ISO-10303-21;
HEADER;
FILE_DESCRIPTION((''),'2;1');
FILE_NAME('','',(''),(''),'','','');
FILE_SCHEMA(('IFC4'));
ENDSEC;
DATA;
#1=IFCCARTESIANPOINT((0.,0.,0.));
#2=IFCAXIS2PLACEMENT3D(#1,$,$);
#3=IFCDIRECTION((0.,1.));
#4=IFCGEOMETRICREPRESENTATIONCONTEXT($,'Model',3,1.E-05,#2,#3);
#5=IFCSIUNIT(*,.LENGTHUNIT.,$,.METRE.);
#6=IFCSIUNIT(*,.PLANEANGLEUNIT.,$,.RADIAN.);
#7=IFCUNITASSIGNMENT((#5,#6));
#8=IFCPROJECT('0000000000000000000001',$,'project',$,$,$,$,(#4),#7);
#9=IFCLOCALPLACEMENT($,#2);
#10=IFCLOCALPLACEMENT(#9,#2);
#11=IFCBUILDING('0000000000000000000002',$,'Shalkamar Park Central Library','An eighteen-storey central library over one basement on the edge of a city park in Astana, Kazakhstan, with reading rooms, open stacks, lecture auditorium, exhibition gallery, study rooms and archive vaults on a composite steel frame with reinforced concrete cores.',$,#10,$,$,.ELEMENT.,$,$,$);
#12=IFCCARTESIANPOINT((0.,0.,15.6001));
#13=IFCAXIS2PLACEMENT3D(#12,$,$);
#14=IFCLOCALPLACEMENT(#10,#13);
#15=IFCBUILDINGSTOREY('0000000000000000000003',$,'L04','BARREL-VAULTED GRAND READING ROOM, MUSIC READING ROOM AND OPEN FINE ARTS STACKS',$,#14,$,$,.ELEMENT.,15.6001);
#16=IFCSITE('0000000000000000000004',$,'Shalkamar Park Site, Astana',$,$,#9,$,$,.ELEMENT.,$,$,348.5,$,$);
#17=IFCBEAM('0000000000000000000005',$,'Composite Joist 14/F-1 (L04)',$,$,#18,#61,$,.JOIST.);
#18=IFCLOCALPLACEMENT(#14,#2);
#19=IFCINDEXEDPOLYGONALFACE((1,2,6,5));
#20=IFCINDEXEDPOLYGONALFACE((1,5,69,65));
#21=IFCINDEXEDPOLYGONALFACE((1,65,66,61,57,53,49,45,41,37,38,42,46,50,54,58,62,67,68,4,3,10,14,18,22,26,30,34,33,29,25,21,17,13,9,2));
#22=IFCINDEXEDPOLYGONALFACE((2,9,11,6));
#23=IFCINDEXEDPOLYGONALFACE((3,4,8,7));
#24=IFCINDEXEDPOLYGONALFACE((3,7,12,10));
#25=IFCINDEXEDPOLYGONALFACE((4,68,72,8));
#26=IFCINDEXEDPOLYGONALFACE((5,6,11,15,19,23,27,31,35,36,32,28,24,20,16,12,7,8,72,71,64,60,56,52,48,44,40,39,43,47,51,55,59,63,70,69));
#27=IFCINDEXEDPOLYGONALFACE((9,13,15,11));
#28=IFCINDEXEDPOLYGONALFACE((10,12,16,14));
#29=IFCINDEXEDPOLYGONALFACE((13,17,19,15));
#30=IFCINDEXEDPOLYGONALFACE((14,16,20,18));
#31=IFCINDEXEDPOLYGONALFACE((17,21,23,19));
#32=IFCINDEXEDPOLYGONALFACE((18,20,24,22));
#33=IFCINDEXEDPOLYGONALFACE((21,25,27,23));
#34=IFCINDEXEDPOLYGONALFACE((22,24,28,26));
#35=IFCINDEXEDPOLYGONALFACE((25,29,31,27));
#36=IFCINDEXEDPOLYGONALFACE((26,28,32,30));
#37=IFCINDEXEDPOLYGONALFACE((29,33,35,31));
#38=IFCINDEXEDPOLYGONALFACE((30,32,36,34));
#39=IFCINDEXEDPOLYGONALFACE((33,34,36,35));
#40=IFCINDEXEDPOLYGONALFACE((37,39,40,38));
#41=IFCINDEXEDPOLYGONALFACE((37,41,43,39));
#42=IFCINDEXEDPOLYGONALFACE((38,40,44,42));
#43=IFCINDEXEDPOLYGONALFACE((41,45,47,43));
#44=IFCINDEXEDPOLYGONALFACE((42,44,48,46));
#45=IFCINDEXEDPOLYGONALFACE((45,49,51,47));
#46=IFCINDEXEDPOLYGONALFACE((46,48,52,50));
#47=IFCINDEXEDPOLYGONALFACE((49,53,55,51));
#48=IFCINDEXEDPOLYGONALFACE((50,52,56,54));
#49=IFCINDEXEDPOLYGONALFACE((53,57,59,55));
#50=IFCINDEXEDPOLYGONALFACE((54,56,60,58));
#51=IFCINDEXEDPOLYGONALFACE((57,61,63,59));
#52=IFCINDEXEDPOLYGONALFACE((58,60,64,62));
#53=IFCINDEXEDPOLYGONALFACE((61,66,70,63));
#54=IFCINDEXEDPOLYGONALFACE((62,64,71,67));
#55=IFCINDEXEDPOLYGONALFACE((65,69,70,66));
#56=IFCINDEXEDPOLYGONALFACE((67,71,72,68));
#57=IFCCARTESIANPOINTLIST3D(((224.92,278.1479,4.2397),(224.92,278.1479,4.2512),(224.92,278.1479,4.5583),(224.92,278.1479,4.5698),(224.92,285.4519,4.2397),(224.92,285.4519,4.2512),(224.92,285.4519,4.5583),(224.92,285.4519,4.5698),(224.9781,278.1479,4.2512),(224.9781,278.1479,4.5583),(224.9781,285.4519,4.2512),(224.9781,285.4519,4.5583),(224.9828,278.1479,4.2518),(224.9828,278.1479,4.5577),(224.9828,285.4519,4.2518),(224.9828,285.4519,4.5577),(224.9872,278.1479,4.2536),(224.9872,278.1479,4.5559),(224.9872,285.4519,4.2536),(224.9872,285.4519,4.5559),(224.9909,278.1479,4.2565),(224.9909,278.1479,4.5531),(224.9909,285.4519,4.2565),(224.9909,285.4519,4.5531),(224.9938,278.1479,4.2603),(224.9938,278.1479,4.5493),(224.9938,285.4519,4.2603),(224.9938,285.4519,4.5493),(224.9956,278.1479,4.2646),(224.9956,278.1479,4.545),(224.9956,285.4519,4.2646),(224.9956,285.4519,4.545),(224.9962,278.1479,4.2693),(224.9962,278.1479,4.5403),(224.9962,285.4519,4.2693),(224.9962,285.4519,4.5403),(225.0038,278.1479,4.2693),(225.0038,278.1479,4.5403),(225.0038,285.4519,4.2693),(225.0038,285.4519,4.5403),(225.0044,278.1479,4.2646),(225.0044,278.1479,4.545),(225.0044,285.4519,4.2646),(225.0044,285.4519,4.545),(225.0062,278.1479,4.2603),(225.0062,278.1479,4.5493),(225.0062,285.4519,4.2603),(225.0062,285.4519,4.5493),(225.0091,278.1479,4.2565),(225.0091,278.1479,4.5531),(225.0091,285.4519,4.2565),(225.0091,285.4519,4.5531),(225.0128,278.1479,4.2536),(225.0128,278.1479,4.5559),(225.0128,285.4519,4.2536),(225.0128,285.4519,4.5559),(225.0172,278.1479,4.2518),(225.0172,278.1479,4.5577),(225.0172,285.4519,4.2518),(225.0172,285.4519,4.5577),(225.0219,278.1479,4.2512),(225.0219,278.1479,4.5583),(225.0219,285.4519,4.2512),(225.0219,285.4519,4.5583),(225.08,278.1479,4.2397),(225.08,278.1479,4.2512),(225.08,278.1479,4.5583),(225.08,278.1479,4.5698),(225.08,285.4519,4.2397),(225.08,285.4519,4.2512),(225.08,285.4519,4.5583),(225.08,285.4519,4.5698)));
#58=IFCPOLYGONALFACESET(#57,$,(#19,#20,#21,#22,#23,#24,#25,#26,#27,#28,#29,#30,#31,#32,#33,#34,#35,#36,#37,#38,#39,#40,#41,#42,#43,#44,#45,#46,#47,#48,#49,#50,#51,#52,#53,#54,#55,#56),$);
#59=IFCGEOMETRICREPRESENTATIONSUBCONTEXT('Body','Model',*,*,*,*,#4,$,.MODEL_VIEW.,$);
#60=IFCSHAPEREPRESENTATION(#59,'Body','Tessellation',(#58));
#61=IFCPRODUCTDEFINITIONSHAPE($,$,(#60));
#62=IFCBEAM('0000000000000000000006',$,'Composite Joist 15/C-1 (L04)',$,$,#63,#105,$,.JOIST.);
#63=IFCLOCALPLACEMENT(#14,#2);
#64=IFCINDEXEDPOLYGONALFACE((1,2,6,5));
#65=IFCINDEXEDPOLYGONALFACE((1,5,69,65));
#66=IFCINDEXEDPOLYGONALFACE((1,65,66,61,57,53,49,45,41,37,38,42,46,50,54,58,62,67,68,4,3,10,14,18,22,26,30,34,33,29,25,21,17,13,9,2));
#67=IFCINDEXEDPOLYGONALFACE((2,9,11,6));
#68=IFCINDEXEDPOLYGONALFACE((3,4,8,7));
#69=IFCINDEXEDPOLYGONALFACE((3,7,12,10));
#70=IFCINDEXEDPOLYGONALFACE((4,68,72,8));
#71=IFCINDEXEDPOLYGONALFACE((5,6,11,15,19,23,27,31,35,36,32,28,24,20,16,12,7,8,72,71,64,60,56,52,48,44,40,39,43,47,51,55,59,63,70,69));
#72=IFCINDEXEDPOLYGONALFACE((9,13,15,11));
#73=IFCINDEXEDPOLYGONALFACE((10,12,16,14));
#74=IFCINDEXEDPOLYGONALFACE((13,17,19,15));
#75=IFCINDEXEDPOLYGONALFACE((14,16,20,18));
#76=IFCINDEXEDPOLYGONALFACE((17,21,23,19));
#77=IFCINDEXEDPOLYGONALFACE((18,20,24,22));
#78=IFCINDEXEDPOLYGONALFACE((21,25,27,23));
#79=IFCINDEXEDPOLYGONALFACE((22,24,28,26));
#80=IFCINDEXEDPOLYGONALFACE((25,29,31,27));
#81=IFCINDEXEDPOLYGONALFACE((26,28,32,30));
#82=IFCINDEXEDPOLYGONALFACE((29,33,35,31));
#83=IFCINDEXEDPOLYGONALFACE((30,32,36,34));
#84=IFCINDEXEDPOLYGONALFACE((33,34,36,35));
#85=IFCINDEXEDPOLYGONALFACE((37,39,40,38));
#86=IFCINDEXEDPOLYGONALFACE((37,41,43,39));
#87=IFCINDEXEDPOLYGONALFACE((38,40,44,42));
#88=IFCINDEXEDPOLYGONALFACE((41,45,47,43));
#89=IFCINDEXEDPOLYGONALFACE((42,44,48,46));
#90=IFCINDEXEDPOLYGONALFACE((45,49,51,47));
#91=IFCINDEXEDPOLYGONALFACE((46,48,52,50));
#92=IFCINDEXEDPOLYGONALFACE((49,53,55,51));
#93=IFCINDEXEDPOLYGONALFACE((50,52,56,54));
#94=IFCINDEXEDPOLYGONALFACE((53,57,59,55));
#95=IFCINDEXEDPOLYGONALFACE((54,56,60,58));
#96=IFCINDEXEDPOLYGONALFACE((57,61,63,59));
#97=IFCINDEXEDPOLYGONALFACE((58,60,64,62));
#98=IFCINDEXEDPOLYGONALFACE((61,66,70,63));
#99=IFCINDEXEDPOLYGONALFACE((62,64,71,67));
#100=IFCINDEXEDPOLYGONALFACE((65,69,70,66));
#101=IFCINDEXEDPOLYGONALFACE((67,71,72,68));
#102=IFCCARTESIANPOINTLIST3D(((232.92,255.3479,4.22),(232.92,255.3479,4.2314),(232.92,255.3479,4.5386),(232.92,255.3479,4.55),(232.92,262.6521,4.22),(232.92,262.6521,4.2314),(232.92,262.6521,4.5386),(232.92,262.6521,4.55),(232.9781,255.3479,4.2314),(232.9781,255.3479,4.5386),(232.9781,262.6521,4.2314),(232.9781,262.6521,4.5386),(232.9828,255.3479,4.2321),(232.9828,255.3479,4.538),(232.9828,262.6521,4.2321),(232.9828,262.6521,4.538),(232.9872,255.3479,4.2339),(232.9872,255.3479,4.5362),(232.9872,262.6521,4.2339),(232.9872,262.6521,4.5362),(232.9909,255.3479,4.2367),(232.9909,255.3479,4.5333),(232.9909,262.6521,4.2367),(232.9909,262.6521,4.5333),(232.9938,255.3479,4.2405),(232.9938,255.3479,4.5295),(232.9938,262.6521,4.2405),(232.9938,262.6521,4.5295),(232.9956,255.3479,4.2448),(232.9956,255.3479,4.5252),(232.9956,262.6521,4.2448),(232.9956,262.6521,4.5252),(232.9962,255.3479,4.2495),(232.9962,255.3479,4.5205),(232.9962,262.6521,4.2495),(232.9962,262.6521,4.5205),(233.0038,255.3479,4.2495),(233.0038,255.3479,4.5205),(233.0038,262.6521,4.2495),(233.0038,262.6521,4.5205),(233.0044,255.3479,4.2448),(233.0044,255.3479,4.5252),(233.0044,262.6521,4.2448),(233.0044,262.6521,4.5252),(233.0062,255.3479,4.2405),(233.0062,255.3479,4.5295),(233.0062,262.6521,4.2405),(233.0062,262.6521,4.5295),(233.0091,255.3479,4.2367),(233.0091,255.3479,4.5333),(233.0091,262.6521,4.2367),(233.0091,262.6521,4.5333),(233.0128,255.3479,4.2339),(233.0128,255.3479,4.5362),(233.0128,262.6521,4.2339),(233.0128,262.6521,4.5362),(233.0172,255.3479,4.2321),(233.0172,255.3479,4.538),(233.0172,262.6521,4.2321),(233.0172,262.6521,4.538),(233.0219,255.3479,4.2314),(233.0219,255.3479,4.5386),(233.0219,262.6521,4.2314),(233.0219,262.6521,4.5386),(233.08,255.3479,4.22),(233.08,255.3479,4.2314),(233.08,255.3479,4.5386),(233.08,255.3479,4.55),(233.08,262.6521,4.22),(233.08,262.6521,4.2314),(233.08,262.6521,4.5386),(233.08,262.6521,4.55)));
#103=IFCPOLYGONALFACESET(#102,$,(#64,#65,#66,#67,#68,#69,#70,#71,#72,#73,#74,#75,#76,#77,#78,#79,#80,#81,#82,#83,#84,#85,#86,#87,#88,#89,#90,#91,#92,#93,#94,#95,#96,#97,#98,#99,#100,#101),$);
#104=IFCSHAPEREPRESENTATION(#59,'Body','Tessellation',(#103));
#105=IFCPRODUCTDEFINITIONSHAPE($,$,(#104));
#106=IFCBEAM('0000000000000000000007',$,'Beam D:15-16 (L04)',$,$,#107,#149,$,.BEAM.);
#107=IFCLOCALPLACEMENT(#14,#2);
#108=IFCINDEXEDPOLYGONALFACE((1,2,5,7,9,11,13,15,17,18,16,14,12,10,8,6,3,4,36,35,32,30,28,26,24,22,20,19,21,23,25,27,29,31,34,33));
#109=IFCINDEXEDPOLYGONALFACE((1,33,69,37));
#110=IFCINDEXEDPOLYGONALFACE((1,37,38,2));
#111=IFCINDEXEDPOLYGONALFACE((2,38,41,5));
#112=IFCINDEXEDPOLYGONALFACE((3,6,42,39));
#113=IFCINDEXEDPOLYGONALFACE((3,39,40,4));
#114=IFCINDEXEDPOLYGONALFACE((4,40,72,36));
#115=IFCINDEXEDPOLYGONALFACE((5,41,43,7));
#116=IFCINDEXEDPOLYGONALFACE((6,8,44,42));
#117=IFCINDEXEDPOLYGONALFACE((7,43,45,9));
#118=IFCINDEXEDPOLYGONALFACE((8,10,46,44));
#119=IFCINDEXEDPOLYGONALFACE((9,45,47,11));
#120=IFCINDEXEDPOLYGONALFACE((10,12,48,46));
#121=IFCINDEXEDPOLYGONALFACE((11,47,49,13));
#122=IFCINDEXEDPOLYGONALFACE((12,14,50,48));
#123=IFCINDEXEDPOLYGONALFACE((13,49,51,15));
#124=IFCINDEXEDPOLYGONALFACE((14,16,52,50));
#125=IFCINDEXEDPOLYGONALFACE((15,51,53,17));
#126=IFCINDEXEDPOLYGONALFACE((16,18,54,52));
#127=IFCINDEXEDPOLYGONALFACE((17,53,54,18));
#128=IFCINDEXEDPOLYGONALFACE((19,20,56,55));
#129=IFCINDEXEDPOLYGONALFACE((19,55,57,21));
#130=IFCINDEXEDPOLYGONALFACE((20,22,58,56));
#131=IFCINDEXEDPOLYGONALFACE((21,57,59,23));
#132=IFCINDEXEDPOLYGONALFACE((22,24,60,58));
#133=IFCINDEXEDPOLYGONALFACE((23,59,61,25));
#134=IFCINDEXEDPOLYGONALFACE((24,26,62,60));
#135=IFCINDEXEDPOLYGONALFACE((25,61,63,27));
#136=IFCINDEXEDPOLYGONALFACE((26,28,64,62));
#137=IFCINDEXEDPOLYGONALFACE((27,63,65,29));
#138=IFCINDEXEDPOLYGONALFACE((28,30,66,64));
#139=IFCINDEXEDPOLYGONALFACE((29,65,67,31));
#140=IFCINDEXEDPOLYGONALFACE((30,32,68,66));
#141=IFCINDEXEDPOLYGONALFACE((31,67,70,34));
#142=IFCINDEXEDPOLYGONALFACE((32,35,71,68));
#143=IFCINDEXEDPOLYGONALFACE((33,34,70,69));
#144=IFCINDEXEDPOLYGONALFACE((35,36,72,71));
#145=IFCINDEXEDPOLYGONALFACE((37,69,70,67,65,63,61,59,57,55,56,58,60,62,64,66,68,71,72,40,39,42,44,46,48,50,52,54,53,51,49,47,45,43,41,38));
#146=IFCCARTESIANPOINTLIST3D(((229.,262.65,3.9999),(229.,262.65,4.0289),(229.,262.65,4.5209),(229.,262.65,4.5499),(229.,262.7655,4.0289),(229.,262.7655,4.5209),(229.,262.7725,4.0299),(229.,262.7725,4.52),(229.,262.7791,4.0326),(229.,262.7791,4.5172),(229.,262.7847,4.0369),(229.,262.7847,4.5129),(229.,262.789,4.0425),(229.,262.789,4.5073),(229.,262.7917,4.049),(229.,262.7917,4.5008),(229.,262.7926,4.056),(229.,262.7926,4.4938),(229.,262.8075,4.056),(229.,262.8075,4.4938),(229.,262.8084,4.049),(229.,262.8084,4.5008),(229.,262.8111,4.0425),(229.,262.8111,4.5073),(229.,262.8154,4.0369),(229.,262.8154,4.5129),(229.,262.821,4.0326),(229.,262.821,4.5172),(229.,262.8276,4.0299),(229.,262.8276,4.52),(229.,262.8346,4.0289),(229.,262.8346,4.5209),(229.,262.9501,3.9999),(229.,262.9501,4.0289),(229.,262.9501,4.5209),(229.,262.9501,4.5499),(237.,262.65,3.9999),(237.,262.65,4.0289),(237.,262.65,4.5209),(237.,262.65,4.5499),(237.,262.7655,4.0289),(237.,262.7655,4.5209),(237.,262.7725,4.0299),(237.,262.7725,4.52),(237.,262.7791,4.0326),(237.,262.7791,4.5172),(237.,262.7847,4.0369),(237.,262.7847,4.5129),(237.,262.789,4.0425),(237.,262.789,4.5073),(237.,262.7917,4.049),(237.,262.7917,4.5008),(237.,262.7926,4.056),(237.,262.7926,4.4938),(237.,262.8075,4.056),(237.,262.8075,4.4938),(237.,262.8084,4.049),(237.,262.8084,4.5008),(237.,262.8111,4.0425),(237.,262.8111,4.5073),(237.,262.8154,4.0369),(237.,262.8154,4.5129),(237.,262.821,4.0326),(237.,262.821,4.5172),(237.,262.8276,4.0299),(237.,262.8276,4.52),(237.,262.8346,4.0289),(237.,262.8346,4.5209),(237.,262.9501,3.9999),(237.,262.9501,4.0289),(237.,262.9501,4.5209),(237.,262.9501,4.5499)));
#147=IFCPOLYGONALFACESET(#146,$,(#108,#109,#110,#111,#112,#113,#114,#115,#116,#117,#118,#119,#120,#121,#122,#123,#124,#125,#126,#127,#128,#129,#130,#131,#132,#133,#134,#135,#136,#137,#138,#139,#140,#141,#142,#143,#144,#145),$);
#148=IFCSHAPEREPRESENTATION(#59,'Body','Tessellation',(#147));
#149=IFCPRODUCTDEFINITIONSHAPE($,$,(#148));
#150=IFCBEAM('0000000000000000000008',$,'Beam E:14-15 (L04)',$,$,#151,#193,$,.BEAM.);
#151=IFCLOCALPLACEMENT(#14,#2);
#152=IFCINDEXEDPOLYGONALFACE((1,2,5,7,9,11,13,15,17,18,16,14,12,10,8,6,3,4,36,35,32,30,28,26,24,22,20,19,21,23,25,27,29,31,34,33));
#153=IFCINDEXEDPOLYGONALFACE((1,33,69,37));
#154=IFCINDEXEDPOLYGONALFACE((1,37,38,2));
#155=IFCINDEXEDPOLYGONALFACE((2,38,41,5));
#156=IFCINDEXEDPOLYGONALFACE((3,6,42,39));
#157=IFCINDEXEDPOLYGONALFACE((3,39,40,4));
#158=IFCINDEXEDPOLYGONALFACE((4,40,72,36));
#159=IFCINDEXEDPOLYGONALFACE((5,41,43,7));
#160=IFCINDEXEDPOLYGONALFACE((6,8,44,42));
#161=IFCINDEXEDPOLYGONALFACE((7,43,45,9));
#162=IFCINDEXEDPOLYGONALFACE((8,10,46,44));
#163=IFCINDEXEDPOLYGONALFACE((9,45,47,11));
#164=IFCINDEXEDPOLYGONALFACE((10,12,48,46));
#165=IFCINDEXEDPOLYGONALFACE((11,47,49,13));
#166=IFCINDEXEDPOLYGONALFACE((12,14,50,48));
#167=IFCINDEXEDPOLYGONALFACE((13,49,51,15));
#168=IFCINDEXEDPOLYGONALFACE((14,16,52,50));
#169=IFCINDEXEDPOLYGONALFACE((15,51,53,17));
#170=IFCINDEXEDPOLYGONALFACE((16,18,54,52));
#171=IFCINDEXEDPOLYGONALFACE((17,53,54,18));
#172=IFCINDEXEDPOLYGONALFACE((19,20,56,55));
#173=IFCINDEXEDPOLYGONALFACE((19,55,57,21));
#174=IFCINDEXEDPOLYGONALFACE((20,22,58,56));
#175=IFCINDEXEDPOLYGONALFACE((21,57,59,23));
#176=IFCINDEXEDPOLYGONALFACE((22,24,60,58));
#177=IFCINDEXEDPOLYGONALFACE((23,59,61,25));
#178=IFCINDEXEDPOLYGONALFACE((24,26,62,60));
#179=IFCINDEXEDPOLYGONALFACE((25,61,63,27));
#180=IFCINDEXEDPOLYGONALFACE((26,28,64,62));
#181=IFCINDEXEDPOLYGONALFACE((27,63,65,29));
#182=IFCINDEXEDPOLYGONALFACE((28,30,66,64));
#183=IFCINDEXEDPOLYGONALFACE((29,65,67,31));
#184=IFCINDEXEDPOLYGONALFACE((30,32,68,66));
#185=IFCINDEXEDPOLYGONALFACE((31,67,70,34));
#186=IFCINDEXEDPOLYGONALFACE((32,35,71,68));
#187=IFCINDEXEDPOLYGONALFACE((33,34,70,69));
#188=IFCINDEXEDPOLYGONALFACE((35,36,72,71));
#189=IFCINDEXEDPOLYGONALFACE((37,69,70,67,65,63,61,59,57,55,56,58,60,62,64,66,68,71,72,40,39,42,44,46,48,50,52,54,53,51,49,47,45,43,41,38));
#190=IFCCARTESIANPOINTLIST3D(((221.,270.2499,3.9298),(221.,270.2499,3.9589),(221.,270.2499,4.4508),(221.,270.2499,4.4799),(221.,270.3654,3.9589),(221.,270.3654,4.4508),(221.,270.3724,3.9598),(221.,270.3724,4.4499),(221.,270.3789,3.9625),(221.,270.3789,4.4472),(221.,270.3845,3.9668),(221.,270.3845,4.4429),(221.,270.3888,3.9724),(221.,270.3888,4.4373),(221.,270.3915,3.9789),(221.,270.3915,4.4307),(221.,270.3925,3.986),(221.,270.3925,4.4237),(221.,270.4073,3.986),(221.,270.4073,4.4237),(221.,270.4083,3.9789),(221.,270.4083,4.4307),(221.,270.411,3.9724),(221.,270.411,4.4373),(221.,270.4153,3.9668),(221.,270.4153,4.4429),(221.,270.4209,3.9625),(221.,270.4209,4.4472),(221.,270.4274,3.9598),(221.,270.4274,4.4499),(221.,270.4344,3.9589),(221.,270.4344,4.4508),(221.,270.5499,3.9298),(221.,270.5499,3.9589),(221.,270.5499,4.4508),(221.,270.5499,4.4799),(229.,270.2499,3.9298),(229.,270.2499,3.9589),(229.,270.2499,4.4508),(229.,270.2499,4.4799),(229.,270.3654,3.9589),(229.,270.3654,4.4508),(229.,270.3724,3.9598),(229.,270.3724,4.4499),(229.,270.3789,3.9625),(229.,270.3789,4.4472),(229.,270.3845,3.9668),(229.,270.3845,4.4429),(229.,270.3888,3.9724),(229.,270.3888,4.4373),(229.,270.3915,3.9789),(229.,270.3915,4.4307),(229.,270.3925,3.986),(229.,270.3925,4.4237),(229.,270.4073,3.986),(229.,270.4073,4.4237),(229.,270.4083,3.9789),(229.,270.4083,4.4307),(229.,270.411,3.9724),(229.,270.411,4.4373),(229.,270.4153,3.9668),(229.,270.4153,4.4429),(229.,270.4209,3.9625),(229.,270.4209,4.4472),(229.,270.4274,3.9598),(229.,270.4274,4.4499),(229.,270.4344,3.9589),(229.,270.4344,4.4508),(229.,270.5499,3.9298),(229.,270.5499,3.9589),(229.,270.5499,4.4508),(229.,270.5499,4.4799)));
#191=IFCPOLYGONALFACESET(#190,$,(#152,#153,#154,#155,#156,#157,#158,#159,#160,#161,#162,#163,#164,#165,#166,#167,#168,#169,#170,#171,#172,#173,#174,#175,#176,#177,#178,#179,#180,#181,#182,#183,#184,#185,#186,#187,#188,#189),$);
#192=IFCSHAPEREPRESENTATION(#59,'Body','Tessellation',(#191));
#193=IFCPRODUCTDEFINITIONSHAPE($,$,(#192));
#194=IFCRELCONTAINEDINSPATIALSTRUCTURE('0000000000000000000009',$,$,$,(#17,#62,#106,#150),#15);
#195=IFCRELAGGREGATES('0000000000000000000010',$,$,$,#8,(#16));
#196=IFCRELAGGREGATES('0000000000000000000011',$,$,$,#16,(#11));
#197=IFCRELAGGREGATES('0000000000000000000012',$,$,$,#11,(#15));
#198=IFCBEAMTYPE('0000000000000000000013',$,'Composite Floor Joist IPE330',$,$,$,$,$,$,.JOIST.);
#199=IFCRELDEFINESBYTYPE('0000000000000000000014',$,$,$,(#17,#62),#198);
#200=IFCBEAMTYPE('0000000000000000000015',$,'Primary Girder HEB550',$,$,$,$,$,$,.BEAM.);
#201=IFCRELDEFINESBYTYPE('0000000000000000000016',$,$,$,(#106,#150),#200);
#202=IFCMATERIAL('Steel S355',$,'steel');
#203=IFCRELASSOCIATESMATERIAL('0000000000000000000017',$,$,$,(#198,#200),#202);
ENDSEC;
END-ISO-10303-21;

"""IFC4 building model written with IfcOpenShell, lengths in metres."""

from ifc_helpers import new_model, si_unit, direction, frame, origin, origin_2d, place, context, subcontext, project, spatial, i_section, extrude, material, material_profile, profile_set, type_object, element, save


model = new_model("IFC4")

# Units and contexts
model_context = context("Model", 3, precision=1e-05, world=origin(), true_north=direction((0.0, 1.0)))
body_context = subcontext(model_context, "Body", "Model", "MODEL_VIEW")
ifc_project = project(units=[si_unit("LENGTHUNIT", "METRE"), si_unit("PLANEANGLEUNIT", "RADIAN")], contexts=[model_context])

# Site, building, storey
site_placement = place(None, origin())
site = spatial("IfcSite", under=ifc_project, at=site_placement, Name="Shalkamar Park Site, Astana", CompositionType="ELEMENT", RefElevation=348.5)
building_placement = place(site_placement, origin())
building = spatial("IfcBuilding", under=site, at=building_placement, Name="Shalkamar Park Central Library", Description="An eighteen-storey central library over one basement on the edge of a city park in Astana, Kazakhstan, with reading rooms, open stacks, lecture auditorium, exhibition gallery, study rooms and archive vaults on a composite steel frame with reinforced concrete cores.", CompositionType="ELEMENT")
storey_placement = place(building_placement, frame((0.0, 0.0, 15.6001)))
storey = spatial("IfcBuildingStorey", under=building, at=storey_placement, Name="L04", Description="BARREL-VAULTED GRAND READING ROOM, MUSIC READING ROOM AND OPEN FINE ARTS STACKS", CompositionType="ELEMENT", Elevation=15.6001)

# Shared definitions
ifc_material_1 = material(Name="Steel S355", Category="steel")

# Beams
ifc_material_profile_1 = material_profile(ifc_material_1, i_section(OverallWidth=0.1599, OverallDepth=0.3301, WebThickness=0.0076, FlangeThickness=0.0115, FilletRadius=0.0181, at=origin_2d()), Name="IPE 330")
ifc_profile_set_1 = profile_set([ifc_material_profile_1], Name="Steel S355")
beam_type_1 = type_object("IfcBeamType", Name="Composite Floor Joist IPE330", PredefinedType="JOIST", material=ifc_profile_set_1)
for number, where, z_axis, x_axis, name in (
    (1, (225.0, 278.1479, 4.4048), (0.0, 1.0, 0.0), (-1.0, 0.0, 0.0), "Composite Joist 14/F-1 (L04)"),
):
    element("IfcBeam", number, at=place(storey_placement, frame(where, z_axis=z_axis, x_axis=x_axis)), inside=storey, type_object=beam_type_1, Name=name, PredefinedType="JOIST", context=body_context, shape_type="SweptSolid", body=[
        extrude(i_section(OverallWidth=0.1599, OverallDepth=0.3301, WebThickness=0.0076, FlangeThickness=0.0115, FilletRadius=0.0181, at=origin_2d()), origin(), (0.0, 0.0, 1.0), 7.304),
    ])
beam_1_placement = place(storey_placement, frame((233.0, 255.3479, 4.385), z_axis=(0.0, 1.0, 0.0), x_axis=(-1.0, 0.0, 0.0)))
element("IfcBeam", 2, at=beam_1_placement, inside=storey, type_object=beam_type_1, Name="Composite Joist 15/C-1 (L04)", PredefinedType="JOIST", context=body_context, shape_type="SweptSolid", body=[
    extrude(i_section(OverallWidth=0.1599, OverallDepth=0.3301, WebThickness=0.0076, FlangeThickness=0.0115, FilletRadius=0.0181, at=origin_2d()), origin(), (0.0, 0.0, 1.0), 7.3042),
])
ifc_material_profile_2 = material_profile(ifc_material_1, i_section(OverallWidth=0.3, OverallDepth=0.55, WebThickness=0.0149, FlangeThickness=0.0291, FilletRadius=0.0271, at=origin_2d()), Name="HEB 550")
ifc_profile_set_2 = profile_set([ifc_material_profile_2], Name="Steel S355")
beam_type_2 = type_object("IfcBeamType", Name="Primary Girder HEB550", PredefinedType="BEAM", material=ifc_profile_set_2)
for number, where, z_axis, x_axis, name in (
    (3, (229.0, 262.8, 4.2749), (1.0, 0.0, 0.0), (0.0, 1.0, 0.0), "Beam D:15-16 (L04)"),
    (4, (221.0, 270.3999, 4.2048), (1.0, 0.0, 0.0), (0.0, 1.0, 0.0), "Beam E:14-15 (L04)"),
):
    element("IfcBeam", number, at=place(storey_placement, frame(where, z_axis=z_axis, x_axis=x_axis)), inside=storey, type_object=beam_type_2, Name=name, PredefinedType="BEAM", context=body_context, shape_type="SweptSolid", body=[
        extrude(i_section(OverallWidth=0.3, OverallDepth=0.55, WebThickness=0.0149, FlangeThickness=0.0291, FilletRadius=0.0271, at=origin_2d()), origin(), (0.0, 0.0, 1.0), 8.0),
    ])

save(model, "model.ifc")
